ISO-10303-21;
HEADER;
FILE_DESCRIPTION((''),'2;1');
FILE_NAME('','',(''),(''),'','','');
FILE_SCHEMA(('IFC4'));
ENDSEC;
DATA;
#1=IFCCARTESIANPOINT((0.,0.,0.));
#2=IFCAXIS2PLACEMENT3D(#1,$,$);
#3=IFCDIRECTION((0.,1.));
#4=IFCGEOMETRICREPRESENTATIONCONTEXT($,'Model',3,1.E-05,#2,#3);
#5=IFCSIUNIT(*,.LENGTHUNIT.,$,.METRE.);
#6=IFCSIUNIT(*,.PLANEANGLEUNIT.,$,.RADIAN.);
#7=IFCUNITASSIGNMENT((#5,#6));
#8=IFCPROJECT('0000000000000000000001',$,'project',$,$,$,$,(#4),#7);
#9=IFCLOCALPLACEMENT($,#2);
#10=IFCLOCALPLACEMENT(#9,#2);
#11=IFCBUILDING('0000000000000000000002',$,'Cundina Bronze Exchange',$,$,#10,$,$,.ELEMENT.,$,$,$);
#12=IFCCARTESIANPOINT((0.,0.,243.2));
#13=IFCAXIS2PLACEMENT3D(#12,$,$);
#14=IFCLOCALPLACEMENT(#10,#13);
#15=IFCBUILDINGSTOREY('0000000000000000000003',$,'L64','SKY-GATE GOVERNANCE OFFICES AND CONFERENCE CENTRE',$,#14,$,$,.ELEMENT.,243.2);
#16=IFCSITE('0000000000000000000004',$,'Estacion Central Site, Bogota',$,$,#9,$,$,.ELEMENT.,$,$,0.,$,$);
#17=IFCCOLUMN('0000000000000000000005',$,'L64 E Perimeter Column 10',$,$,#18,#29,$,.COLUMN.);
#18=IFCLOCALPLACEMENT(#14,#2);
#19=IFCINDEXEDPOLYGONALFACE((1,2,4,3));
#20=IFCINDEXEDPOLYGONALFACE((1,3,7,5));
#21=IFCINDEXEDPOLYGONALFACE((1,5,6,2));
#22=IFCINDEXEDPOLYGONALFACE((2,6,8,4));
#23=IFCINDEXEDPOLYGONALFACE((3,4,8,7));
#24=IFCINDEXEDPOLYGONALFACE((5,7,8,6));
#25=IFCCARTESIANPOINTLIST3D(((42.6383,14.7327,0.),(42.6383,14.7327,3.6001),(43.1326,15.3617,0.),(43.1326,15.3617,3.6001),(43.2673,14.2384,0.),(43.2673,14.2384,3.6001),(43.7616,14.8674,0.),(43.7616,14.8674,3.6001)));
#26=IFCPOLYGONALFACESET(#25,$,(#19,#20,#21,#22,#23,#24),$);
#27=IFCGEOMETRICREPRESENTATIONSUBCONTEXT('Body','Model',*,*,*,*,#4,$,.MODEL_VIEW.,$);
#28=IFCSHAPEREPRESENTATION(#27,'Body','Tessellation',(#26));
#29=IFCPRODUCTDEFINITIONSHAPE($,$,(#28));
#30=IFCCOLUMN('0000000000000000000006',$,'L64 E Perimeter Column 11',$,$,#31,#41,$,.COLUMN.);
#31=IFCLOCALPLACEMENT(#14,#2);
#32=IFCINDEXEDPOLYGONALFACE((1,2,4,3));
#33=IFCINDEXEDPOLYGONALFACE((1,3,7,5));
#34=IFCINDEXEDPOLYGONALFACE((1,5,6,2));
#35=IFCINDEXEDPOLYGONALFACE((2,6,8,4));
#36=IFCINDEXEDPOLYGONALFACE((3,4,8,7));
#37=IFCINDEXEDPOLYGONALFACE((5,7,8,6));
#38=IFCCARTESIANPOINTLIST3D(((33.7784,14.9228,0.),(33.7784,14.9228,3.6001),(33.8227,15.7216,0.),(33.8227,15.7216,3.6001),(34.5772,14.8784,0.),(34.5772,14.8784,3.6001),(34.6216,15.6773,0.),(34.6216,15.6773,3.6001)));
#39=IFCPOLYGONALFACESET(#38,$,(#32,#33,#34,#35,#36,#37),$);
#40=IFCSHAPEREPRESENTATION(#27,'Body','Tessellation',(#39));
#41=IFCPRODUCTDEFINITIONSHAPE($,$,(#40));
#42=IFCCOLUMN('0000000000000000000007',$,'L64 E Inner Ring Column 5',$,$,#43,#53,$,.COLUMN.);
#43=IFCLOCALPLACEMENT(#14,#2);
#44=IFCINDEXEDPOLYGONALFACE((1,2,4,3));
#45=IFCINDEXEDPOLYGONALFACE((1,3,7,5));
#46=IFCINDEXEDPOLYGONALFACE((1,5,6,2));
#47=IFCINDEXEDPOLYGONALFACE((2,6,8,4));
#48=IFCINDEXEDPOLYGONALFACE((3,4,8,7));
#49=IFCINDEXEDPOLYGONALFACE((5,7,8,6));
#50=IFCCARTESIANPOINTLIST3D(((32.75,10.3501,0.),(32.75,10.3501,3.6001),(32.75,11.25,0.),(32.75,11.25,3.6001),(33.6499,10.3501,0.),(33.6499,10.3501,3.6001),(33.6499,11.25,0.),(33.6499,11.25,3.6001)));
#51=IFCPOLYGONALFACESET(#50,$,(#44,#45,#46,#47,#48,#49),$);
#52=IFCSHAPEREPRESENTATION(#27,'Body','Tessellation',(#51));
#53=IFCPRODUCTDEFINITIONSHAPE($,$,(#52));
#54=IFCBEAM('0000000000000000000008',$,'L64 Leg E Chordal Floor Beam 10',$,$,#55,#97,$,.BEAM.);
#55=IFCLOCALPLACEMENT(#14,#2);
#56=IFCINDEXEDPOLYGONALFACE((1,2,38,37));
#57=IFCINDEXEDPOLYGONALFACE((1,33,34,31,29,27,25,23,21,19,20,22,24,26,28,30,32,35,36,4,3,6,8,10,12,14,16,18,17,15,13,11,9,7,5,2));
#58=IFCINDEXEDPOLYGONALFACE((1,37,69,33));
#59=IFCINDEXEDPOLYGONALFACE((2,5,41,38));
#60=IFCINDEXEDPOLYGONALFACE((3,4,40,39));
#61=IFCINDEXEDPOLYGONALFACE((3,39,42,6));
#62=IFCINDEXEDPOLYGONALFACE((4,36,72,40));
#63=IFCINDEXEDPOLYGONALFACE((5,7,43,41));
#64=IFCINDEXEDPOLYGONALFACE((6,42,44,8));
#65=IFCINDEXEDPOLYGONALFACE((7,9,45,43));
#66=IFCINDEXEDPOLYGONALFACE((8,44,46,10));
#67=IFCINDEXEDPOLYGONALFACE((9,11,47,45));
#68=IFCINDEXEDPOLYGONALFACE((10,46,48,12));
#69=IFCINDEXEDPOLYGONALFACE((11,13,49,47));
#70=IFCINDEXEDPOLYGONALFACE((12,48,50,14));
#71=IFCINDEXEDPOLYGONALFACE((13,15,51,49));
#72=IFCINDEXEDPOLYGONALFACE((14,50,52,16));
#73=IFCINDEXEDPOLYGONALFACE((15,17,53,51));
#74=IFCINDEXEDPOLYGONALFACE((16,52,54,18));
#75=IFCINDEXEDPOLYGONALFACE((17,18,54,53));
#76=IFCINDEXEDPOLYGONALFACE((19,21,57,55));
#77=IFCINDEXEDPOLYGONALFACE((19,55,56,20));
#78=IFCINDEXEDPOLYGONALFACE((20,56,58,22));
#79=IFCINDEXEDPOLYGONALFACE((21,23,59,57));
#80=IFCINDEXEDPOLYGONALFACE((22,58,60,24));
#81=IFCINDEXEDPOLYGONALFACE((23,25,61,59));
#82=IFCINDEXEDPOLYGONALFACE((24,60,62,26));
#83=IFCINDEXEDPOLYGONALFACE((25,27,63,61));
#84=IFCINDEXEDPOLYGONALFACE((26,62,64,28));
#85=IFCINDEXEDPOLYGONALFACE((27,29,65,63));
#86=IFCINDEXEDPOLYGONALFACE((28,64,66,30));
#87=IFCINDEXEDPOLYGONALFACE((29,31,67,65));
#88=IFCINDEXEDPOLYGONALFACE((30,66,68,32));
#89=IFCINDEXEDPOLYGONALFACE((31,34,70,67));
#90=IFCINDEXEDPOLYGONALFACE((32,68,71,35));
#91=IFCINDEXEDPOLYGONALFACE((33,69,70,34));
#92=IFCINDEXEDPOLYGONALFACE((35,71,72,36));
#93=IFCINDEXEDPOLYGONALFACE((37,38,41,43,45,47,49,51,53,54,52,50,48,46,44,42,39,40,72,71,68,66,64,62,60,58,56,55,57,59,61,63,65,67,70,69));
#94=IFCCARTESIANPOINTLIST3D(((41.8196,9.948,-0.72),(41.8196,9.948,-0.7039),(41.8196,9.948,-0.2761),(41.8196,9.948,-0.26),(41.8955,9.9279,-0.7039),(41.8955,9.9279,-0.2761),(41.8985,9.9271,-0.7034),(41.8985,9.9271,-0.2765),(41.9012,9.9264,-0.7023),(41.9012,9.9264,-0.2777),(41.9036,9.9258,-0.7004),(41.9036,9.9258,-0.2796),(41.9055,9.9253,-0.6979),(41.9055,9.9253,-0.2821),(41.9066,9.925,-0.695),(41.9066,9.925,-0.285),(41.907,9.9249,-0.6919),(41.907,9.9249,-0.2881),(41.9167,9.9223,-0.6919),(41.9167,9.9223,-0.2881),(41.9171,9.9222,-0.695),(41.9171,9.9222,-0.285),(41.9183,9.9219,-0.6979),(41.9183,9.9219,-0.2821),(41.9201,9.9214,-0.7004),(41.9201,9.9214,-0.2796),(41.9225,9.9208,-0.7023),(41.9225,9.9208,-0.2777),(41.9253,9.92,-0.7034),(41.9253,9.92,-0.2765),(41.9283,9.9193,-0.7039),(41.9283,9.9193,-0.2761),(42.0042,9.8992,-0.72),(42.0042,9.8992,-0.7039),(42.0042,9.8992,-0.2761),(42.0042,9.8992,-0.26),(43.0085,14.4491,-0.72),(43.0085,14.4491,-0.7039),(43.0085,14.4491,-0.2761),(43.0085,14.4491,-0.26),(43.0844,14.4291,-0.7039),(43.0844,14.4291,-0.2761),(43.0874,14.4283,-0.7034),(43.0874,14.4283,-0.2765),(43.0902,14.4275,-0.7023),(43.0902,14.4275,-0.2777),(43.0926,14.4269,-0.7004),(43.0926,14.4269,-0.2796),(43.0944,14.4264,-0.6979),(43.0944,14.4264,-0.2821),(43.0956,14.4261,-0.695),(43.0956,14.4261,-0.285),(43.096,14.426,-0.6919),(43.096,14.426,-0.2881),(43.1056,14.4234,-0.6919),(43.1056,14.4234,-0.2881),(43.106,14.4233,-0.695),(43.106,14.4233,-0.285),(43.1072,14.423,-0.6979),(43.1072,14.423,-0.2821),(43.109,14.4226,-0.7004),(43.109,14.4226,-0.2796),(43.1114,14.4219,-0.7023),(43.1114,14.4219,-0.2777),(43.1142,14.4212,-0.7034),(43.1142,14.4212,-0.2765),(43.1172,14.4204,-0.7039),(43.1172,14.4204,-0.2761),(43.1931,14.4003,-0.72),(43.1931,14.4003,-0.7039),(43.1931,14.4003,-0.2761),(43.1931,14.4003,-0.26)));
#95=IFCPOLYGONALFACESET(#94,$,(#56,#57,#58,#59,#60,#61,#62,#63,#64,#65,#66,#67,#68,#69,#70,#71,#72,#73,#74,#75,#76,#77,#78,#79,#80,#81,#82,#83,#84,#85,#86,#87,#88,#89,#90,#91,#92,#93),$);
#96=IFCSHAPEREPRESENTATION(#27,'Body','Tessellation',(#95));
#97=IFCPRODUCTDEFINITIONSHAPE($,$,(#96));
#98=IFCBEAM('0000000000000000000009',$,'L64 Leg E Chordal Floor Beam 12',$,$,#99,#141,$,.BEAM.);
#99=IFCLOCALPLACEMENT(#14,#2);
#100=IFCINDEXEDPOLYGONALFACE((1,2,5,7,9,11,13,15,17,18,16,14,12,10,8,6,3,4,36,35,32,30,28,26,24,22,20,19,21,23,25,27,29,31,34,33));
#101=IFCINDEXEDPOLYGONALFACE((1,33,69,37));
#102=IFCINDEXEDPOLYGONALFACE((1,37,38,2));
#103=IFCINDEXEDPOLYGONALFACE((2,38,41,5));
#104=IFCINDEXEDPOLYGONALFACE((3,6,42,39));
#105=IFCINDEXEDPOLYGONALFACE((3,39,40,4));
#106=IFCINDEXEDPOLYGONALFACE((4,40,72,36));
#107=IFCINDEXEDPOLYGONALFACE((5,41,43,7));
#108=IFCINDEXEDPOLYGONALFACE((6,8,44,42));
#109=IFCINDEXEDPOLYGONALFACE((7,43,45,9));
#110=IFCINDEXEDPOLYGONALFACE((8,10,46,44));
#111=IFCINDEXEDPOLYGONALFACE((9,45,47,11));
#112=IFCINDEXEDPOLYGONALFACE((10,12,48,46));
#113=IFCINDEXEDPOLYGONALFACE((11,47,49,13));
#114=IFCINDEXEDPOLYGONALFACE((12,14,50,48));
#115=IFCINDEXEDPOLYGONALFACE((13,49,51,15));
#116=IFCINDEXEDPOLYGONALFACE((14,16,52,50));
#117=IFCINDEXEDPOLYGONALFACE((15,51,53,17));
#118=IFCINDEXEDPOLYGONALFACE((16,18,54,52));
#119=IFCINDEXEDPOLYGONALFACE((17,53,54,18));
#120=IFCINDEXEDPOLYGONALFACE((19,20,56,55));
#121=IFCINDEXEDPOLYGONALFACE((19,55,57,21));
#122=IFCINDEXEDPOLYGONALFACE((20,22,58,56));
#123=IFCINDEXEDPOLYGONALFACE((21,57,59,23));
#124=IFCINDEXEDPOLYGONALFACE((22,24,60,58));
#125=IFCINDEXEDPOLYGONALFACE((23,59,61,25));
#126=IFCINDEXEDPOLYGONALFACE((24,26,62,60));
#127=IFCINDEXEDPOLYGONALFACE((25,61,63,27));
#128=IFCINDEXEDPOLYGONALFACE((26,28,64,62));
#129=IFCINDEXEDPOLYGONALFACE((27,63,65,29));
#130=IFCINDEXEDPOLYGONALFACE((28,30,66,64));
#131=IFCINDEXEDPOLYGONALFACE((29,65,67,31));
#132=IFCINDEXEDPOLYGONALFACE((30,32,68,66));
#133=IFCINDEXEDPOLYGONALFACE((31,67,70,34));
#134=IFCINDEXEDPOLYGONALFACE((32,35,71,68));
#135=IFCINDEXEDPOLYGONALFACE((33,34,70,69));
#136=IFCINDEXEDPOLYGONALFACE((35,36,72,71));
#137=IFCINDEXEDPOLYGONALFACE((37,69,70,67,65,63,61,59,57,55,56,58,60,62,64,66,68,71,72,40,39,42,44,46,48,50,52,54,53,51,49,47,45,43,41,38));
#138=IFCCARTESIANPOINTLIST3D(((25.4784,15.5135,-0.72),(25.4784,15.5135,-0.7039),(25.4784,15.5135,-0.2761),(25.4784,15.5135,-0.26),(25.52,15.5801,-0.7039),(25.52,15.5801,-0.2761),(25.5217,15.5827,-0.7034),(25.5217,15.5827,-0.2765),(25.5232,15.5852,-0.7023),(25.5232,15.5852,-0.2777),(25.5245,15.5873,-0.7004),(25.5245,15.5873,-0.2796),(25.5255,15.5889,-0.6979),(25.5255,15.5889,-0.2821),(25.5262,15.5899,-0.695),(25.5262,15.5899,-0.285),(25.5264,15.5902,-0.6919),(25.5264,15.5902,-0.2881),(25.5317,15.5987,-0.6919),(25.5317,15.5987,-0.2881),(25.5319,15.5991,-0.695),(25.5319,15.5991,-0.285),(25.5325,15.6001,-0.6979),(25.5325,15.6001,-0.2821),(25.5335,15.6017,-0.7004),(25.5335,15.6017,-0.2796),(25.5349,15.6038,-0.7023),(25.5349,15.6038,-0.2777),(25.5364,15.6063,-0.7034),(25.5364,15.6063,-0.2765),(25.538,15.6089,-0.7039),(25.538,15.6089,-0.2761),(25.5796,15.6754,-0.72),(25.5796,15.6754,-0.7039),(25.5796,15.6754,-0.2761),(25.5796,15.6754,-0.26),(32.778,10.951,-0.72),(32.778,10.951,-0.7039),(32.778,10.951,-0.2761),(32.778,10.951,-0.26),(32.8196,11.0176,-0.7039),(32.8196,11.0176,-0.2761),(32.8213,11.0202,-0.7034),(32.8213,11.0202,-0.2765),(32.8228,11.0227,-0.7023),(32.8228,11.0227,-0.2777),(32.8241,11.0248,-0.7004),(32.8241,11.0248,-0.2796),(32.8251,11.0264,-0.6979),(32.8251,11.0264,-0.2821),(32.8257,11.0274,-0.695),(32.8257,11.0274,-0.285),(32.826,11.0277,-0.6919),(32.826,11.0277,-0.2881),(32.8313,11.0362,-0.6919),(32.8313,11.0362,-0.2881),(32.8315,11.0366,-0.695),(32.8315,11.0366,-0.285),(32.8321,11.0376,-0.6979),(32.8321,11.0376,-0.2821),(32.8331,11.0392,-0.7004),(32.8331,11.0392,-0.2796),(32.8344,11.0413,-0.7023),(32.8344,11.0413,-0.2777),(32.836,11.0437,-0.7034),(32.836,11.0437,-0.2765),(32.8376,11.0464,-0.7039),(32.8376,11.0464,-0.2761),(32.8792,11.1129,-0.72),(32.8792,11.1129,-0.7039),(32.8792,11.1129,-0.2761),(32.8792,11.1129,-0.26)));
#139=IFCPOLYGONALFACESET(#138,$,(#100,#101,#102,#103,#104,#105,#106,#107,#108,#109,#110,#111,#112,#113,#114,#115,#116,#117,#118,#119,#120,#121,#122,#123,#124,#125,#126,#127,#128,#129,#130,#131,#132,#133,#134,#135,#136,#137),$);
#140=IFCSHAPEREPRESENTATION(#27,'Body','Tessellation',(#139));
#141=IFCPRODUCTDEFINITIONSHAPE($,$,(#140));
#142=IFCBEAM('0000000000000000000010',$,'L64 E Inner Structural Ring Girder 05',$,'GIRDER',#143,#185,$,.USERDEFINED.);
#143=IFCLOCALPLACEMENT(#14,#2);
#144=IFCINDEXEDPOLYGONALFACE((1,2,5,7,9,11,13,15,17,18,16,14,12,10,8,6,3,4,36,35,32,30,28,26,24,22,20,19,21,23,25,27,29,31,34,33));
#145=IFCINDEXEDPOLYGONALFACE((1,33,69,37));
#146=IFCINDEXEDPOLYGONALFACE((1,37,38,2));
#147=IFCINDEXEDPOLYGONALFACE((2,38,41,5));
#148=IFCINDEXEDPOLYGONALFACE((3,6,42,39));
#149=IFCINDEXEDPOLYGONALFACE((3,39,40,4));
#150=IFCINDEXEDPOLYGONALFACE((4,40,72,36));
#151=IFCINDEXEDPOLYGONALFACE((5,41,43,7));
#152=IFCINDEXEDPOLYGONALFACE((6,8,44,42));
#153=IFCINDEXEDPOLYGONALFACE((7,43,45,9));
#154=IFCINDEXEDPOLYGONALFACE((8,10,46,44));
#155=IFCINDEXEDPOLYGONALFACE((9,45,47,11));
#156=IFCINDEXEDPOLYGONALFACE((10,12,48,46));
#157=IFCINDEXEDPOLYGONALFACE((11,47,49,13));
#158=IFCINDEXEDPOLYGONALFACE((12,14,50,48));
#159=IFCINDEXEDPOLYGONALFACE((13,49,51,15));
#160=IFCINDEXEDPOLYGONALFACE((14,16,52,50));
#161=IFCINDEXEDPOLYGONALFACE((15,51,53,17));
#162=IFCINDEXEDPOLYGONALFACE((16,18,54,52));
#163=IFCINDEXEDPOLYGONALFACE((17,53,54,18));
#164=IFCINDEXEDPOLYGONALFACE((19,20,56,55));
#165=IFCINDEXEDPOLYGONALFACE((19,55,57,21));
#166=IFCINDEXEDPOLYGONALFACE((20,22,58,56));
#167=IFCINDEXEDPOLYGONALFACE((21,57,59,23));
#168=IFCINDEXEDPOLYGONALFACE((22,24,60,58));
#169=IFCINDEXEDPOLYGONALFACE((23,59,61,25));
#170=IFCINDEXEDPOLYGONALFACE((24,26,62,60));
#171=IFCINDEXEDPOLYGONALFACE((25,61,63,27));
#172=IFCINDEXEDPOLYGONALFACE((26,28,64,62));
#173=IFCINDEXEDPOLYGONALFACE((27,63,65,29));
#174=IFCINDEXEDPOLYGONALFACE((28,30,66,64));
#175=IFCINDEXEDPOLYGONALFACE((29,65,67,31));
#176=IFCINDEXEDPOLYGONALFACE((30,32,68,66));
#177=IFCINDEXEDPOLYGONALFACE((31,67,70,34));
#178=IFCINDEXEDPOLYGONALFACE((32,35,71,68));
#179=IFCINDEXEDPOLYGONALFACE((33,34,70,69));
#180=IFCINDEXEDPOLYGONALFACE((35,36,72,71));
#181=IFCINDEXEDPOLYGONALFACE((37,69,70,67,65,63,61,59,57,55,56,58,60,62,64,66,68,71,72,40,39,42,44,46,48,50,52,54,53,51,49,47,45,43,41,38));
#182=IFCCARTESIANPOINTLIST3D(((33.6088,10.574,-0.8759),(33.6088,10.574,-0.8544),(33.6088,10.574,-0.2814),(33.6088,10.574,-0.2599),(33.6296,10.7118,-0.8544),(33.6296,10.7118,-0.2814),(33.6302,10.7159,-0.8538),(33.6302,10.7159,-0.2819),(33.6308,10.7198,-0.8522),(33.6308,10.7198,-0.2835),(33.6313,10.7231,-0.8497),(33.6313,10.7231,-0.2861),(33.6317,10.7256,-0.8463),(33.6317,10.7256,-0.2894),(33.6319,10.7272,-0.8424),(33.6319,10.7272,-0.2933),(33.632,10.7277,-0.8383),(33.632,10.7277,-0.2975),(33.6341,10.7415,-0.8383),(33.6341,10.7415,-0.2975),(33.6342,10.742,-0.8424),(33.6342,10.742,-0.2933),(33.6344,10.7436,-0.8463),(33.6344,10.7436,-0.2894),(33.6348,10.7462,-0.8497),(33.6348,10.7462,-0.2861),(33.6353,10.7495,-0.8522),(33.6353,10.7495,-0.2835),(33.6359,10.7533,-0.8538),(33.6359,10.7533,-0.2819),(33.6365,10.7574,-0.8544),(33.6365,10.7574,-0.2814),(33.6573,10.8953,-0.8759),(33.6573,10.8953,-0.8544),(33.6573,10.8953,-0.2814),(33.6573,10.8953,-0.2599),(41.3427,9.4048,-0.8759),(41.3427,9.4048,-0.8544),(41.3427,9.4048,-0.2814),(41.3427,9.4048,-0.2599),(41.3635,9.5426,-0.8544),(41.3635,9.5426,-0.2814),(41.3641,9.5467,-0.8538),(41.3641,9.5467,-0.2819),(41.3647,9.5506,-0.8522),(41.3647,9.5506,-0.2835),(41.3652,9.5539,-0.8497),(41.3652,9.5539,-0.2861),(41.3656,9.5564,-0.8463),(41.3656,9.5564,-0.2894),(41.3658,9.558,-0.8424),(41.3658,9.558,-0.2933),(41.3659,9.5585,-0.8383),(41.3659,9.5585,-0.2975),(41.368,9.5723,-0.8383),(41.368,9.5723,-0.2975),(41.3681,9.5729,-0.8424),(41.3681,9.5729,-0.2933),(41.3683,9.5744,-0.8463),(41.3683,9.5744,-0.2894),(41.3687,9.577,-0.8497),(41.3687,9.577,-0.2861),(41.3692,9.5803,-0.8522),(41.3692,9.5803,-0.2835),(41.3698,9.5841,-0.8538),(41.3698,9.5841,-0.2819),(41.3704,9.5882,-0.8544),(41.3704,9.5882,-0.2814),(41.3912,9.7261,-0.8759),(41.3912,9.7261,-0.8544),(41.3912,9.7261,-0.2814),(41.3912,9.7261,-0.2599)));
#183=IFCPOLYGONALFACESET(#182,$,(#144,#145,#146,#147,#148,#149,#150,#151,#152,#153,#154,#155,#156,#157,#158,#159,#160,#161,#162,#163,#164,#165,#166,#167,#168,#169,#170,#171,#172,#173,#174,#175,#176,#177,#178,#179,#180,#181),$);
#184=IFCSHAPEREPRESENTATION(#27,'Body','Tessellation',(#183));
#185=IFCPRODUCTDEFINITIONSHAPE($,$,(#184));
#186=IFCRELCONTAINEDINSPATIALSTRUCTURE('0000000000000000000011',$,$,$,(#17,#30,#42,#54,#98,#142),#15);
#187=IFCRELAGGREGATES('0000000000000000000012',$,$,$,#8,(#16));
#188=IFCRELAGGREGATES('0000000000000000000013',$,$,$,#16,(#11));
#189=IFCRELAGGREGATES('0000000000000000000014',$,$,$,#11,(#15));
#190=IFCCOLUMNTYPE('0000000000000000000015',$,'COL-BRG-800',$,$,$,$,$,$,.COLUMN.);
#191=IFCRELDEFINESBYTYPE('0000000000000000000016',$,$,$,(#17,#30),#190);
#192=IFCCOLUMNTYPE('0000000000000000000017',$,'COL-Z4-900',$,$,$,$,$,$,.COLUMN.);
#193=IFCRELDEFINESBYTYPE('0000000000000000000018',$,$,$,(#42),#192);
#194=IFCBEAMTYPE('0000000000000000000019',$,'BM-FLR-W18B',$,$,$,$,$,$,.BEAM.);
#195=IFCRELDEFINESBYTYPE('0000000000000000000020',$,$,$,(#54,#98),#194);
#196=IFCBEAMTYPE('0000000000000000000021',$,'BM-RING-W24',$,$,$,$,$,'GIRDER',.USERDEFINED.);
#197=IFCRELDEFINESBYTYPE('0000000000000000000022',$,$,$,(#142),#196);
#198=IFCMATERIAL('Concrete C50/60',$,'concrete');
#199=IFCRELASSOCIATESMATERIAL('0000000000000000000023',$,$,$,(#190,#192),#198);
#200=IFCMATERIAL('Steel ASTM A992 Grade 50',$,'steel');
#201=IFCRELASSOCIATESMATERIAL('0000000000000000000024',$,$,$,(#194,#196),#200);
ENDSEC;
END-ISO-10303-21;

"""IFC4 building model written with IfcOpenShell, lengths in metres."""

from ifc_helpers import new_model, si_unit, direction, frame, origin, origin_2d, place, context, subcontext, project, spatial, rectangle, i_section, extrude, material, material_profile, profile_set, type_object, element, save


model = new_model("IFC4")

# Units and contexts
model_context = context("Model", 3, precision=1e-05, world=origin(), true_north=direction((0.0, 1.0)))
body_context = subcontext(model_context, "Body", "Model", "MODEL_VIEW")
ifc_project = project(units=[si_unit("LENGTHUNIT", "METRE"), si_unit("PLANEANGLEUNIT", "RADIAN")], contexts=[model_context])

# Site, building, storey
site_placement = place(None, origin())
site = spatial("IfcSite", under=ifc_project, at=site_placement, Name="Estacion Central Site, Bogota", CompositionType="ELEMENT", RefElevation=0.0)
building_placement = place(site_placement, origin())
building = spatial("IfcBuilding", under=site, at=building_placement, Name="Cundina Bronze Exchange", CompositionType="ELEMENT")
storey_placement = place(building_placement, frame((0.0, 0.0, 243.2)))
storey = spatial("IfcBuildingStorey", under=building, at=storey_placement, Name="L64", Description="SKY-GATE GOVERNANCE OFFICES AND CONFERENCE CENTRE", CompositionType="ELEMENT", Elevation=243.2)

# Columns
ifc_material_1 = material(Name="Concrete C50/60", Category="concrete")
ifc_material_profile_1 = material_profile(ifc_material_1, rectangle(XDim=0.8, YDim=0.8, at=origin_2d()), Name="RC800X800", Category="concrete")
ifc_profile_set_1 = profile_set([ifc_material_profile_1], Name="Concrete C50/60")
column_type_1 = type_object("IfcColumnType", Name="COL-BRG-800", PredefinedType="COLUMN", material=ifc_profile_set_1)
for number, where, z_axis, x_axis, name in (
    (1, (43.2, 14.8, 0.0), (0.0, 0.0, 1.0), (-0.786288, 0.61786, 0.0), "L64 E Perimeter Column 10"),
    (2, (34.2, 15.3, 0.0), (0.0, 0.0, 1.0), (-0.99846, 0.055473, 0.0), "L64 E Perimeter Column 11"),
):
    element("IfcColumn", number, at=place(storey_placement, frame(where, z_axis=z_axis, x_axis=x_axis)), inside=storey, type_object=column_type_1, Name=name, PredefinedType="COLUMN", context=body_context, shape_type="SweptSolid", body=[
        extrude(rectangle(XDim=0.8, YDim=0.8, at=origin_2d()), origin(), (0.0, 0.0, 1.0), 3.6001),
    ])
ifc_material_profile_2 = material_profile(ifc_material_1, rectangle(XDim=0.8999, YDim=0.8999, at=origin_2d()), Name="RC900X900", Category="concrete")
ifc_profile_set_2 = profile_set([ifc_material_profile_2], Name="Concrete C50/60")
column_type_2 = type_object("IfcColumnType", Name="COL-Z4-900", PredefinedType="COLUMN", material=ifc_profile_set_2)
column_placement = place(storey_placement, frame((33.2, 10.8, 0.0), z_axis=(0.0, 0.0, 1.0), x_axis=(1.0, 0.0, 0.0)))
element("IfcColumn", 3, at=column_placement, inside=storey, type_object=column_type_2, Name="L64 E Inner Ring Column 5", PredefinedType="COLUMN", context=body_context, shape_type="SweptSolid", body=[
    extrude(rectangle(XDim=0.8999, YDim=0.8999, at=origin_2d()), origin(), (0.0, 0.0, 1.0), 3.6001),
])

# Beams
ifc_material_2 = material(Name="Steel ASTM A992 Grade 50", Category="steel")
ifc_material_profile_3 = material_profile(ifc_material_2, i_section(OverallWidth=0.1909, OverallDepth=0.46, WebThickness=0.01, FlangeThickness=0.0161, FilletRadius=0.012, at=origin_2d()), Name="W18X55", Category="steel")
ifc_profile_set_3 = profile_set([ifc_material_profile_3], Name="Steel ASTM A992 Grade 50")
beam_type_1 = type_object("IfcBeamType", Name="BM-FLR-W18B", PredefinedType="BEAM", material=ifc_profile_set_3)
beam_1_placement = place(storey_placement, frame((41.9119, 9.9236, -0.49), z_axis=(0.255384, 0.96684, 0.0), x_axis=(-0.96684, 0.255384, 0.0)))
element("IfcBeam", 4, at=beam_1_placement, inside=storey, type_object=beam_type_1, Name="L64 Leg E Chordal Floor Beam 10", PredefinedType="BEAM", context=body_context, shape_type="SweptSolid", body=[
    extrude(i_section(OverallWidth=0.1909, OverallDepth=0.46, WebThickness=0.01, FlangeThickness=0.0161, FilletRadius=0.012, at=origin_2d()), origin(), (0.0, 0.0, 1.0), 4.6555),
])
beam_2_placement = place(storey_placement, frame((32.8286, 11.032, -0.49), z_axis=(-0.847984, 0.530022, 0.0), x_axis=(-0.530022, -0.847984, 0.0)))
element("IfcBeam", 5, at=beam_2_placement, inside=storey, type_object=beam_type_1, Name="L64 Leg E Chordal Floor Beam 12", PredefinedType="BEAM", context=body_context, shape_type="SweptSolid", body=[
    extrude(i_section(OverallWidth=0.1909, OverallDepth=0.46, WebThickness=0.01, FlangeThickness=0.0161, FilletRadius=0.012, at=origin_2d()), origin(), (0.0, 0.0, 1.0), 8.6082),
])
ifc_material_profile_4 = material_profile(ifc_material_2, i_section(OverallWidth=0.325, OverallDepth=0.616, WebThickness=0.0139, FlangeThickness=0.0215, FilletRadius=0.0161, at=origin_2d()), Name="W24X117", Category="steel")
ifc_profile_set_4 = profile_set([ifc_material_profile_4], Name="Steel ASTM A992 Grade 50")
beam_type_2 = type_object("IfcBeamType", Name="BM-RING-W24", ElementType="GIRDER", PredefinedType="USERDEFINED", material=ifc_profile_set_4)
beam_3_placement = place(storey_placement, frame((41.3669, 9.5654, -0.5679), z_axis=(-0.988765, 0.149479, 0.0), x_axis=(-0.149479, -0.988765, 0.0)))
element("IfcBeam", 6, at=beam_3_placement, inside=storey, type_object=beam_type_2, Name="L64 E Inner Structural Ring Girder 05", ObjectType="GIRDER", PredefinedType="USERDEFINED", context=body_context, shape_type="SweptSolid", body=[
    extrude(i_section(OverallWidth=0.325, OverallDepth=0.616, WebThickness=0.0139, FlangeThickness=0.0215, FilletRadius=0.0161, at=origin_2d()), origin(), (0.0, 0.0, 1.0), 7.8218),
])

save(model, "model.ifc")
